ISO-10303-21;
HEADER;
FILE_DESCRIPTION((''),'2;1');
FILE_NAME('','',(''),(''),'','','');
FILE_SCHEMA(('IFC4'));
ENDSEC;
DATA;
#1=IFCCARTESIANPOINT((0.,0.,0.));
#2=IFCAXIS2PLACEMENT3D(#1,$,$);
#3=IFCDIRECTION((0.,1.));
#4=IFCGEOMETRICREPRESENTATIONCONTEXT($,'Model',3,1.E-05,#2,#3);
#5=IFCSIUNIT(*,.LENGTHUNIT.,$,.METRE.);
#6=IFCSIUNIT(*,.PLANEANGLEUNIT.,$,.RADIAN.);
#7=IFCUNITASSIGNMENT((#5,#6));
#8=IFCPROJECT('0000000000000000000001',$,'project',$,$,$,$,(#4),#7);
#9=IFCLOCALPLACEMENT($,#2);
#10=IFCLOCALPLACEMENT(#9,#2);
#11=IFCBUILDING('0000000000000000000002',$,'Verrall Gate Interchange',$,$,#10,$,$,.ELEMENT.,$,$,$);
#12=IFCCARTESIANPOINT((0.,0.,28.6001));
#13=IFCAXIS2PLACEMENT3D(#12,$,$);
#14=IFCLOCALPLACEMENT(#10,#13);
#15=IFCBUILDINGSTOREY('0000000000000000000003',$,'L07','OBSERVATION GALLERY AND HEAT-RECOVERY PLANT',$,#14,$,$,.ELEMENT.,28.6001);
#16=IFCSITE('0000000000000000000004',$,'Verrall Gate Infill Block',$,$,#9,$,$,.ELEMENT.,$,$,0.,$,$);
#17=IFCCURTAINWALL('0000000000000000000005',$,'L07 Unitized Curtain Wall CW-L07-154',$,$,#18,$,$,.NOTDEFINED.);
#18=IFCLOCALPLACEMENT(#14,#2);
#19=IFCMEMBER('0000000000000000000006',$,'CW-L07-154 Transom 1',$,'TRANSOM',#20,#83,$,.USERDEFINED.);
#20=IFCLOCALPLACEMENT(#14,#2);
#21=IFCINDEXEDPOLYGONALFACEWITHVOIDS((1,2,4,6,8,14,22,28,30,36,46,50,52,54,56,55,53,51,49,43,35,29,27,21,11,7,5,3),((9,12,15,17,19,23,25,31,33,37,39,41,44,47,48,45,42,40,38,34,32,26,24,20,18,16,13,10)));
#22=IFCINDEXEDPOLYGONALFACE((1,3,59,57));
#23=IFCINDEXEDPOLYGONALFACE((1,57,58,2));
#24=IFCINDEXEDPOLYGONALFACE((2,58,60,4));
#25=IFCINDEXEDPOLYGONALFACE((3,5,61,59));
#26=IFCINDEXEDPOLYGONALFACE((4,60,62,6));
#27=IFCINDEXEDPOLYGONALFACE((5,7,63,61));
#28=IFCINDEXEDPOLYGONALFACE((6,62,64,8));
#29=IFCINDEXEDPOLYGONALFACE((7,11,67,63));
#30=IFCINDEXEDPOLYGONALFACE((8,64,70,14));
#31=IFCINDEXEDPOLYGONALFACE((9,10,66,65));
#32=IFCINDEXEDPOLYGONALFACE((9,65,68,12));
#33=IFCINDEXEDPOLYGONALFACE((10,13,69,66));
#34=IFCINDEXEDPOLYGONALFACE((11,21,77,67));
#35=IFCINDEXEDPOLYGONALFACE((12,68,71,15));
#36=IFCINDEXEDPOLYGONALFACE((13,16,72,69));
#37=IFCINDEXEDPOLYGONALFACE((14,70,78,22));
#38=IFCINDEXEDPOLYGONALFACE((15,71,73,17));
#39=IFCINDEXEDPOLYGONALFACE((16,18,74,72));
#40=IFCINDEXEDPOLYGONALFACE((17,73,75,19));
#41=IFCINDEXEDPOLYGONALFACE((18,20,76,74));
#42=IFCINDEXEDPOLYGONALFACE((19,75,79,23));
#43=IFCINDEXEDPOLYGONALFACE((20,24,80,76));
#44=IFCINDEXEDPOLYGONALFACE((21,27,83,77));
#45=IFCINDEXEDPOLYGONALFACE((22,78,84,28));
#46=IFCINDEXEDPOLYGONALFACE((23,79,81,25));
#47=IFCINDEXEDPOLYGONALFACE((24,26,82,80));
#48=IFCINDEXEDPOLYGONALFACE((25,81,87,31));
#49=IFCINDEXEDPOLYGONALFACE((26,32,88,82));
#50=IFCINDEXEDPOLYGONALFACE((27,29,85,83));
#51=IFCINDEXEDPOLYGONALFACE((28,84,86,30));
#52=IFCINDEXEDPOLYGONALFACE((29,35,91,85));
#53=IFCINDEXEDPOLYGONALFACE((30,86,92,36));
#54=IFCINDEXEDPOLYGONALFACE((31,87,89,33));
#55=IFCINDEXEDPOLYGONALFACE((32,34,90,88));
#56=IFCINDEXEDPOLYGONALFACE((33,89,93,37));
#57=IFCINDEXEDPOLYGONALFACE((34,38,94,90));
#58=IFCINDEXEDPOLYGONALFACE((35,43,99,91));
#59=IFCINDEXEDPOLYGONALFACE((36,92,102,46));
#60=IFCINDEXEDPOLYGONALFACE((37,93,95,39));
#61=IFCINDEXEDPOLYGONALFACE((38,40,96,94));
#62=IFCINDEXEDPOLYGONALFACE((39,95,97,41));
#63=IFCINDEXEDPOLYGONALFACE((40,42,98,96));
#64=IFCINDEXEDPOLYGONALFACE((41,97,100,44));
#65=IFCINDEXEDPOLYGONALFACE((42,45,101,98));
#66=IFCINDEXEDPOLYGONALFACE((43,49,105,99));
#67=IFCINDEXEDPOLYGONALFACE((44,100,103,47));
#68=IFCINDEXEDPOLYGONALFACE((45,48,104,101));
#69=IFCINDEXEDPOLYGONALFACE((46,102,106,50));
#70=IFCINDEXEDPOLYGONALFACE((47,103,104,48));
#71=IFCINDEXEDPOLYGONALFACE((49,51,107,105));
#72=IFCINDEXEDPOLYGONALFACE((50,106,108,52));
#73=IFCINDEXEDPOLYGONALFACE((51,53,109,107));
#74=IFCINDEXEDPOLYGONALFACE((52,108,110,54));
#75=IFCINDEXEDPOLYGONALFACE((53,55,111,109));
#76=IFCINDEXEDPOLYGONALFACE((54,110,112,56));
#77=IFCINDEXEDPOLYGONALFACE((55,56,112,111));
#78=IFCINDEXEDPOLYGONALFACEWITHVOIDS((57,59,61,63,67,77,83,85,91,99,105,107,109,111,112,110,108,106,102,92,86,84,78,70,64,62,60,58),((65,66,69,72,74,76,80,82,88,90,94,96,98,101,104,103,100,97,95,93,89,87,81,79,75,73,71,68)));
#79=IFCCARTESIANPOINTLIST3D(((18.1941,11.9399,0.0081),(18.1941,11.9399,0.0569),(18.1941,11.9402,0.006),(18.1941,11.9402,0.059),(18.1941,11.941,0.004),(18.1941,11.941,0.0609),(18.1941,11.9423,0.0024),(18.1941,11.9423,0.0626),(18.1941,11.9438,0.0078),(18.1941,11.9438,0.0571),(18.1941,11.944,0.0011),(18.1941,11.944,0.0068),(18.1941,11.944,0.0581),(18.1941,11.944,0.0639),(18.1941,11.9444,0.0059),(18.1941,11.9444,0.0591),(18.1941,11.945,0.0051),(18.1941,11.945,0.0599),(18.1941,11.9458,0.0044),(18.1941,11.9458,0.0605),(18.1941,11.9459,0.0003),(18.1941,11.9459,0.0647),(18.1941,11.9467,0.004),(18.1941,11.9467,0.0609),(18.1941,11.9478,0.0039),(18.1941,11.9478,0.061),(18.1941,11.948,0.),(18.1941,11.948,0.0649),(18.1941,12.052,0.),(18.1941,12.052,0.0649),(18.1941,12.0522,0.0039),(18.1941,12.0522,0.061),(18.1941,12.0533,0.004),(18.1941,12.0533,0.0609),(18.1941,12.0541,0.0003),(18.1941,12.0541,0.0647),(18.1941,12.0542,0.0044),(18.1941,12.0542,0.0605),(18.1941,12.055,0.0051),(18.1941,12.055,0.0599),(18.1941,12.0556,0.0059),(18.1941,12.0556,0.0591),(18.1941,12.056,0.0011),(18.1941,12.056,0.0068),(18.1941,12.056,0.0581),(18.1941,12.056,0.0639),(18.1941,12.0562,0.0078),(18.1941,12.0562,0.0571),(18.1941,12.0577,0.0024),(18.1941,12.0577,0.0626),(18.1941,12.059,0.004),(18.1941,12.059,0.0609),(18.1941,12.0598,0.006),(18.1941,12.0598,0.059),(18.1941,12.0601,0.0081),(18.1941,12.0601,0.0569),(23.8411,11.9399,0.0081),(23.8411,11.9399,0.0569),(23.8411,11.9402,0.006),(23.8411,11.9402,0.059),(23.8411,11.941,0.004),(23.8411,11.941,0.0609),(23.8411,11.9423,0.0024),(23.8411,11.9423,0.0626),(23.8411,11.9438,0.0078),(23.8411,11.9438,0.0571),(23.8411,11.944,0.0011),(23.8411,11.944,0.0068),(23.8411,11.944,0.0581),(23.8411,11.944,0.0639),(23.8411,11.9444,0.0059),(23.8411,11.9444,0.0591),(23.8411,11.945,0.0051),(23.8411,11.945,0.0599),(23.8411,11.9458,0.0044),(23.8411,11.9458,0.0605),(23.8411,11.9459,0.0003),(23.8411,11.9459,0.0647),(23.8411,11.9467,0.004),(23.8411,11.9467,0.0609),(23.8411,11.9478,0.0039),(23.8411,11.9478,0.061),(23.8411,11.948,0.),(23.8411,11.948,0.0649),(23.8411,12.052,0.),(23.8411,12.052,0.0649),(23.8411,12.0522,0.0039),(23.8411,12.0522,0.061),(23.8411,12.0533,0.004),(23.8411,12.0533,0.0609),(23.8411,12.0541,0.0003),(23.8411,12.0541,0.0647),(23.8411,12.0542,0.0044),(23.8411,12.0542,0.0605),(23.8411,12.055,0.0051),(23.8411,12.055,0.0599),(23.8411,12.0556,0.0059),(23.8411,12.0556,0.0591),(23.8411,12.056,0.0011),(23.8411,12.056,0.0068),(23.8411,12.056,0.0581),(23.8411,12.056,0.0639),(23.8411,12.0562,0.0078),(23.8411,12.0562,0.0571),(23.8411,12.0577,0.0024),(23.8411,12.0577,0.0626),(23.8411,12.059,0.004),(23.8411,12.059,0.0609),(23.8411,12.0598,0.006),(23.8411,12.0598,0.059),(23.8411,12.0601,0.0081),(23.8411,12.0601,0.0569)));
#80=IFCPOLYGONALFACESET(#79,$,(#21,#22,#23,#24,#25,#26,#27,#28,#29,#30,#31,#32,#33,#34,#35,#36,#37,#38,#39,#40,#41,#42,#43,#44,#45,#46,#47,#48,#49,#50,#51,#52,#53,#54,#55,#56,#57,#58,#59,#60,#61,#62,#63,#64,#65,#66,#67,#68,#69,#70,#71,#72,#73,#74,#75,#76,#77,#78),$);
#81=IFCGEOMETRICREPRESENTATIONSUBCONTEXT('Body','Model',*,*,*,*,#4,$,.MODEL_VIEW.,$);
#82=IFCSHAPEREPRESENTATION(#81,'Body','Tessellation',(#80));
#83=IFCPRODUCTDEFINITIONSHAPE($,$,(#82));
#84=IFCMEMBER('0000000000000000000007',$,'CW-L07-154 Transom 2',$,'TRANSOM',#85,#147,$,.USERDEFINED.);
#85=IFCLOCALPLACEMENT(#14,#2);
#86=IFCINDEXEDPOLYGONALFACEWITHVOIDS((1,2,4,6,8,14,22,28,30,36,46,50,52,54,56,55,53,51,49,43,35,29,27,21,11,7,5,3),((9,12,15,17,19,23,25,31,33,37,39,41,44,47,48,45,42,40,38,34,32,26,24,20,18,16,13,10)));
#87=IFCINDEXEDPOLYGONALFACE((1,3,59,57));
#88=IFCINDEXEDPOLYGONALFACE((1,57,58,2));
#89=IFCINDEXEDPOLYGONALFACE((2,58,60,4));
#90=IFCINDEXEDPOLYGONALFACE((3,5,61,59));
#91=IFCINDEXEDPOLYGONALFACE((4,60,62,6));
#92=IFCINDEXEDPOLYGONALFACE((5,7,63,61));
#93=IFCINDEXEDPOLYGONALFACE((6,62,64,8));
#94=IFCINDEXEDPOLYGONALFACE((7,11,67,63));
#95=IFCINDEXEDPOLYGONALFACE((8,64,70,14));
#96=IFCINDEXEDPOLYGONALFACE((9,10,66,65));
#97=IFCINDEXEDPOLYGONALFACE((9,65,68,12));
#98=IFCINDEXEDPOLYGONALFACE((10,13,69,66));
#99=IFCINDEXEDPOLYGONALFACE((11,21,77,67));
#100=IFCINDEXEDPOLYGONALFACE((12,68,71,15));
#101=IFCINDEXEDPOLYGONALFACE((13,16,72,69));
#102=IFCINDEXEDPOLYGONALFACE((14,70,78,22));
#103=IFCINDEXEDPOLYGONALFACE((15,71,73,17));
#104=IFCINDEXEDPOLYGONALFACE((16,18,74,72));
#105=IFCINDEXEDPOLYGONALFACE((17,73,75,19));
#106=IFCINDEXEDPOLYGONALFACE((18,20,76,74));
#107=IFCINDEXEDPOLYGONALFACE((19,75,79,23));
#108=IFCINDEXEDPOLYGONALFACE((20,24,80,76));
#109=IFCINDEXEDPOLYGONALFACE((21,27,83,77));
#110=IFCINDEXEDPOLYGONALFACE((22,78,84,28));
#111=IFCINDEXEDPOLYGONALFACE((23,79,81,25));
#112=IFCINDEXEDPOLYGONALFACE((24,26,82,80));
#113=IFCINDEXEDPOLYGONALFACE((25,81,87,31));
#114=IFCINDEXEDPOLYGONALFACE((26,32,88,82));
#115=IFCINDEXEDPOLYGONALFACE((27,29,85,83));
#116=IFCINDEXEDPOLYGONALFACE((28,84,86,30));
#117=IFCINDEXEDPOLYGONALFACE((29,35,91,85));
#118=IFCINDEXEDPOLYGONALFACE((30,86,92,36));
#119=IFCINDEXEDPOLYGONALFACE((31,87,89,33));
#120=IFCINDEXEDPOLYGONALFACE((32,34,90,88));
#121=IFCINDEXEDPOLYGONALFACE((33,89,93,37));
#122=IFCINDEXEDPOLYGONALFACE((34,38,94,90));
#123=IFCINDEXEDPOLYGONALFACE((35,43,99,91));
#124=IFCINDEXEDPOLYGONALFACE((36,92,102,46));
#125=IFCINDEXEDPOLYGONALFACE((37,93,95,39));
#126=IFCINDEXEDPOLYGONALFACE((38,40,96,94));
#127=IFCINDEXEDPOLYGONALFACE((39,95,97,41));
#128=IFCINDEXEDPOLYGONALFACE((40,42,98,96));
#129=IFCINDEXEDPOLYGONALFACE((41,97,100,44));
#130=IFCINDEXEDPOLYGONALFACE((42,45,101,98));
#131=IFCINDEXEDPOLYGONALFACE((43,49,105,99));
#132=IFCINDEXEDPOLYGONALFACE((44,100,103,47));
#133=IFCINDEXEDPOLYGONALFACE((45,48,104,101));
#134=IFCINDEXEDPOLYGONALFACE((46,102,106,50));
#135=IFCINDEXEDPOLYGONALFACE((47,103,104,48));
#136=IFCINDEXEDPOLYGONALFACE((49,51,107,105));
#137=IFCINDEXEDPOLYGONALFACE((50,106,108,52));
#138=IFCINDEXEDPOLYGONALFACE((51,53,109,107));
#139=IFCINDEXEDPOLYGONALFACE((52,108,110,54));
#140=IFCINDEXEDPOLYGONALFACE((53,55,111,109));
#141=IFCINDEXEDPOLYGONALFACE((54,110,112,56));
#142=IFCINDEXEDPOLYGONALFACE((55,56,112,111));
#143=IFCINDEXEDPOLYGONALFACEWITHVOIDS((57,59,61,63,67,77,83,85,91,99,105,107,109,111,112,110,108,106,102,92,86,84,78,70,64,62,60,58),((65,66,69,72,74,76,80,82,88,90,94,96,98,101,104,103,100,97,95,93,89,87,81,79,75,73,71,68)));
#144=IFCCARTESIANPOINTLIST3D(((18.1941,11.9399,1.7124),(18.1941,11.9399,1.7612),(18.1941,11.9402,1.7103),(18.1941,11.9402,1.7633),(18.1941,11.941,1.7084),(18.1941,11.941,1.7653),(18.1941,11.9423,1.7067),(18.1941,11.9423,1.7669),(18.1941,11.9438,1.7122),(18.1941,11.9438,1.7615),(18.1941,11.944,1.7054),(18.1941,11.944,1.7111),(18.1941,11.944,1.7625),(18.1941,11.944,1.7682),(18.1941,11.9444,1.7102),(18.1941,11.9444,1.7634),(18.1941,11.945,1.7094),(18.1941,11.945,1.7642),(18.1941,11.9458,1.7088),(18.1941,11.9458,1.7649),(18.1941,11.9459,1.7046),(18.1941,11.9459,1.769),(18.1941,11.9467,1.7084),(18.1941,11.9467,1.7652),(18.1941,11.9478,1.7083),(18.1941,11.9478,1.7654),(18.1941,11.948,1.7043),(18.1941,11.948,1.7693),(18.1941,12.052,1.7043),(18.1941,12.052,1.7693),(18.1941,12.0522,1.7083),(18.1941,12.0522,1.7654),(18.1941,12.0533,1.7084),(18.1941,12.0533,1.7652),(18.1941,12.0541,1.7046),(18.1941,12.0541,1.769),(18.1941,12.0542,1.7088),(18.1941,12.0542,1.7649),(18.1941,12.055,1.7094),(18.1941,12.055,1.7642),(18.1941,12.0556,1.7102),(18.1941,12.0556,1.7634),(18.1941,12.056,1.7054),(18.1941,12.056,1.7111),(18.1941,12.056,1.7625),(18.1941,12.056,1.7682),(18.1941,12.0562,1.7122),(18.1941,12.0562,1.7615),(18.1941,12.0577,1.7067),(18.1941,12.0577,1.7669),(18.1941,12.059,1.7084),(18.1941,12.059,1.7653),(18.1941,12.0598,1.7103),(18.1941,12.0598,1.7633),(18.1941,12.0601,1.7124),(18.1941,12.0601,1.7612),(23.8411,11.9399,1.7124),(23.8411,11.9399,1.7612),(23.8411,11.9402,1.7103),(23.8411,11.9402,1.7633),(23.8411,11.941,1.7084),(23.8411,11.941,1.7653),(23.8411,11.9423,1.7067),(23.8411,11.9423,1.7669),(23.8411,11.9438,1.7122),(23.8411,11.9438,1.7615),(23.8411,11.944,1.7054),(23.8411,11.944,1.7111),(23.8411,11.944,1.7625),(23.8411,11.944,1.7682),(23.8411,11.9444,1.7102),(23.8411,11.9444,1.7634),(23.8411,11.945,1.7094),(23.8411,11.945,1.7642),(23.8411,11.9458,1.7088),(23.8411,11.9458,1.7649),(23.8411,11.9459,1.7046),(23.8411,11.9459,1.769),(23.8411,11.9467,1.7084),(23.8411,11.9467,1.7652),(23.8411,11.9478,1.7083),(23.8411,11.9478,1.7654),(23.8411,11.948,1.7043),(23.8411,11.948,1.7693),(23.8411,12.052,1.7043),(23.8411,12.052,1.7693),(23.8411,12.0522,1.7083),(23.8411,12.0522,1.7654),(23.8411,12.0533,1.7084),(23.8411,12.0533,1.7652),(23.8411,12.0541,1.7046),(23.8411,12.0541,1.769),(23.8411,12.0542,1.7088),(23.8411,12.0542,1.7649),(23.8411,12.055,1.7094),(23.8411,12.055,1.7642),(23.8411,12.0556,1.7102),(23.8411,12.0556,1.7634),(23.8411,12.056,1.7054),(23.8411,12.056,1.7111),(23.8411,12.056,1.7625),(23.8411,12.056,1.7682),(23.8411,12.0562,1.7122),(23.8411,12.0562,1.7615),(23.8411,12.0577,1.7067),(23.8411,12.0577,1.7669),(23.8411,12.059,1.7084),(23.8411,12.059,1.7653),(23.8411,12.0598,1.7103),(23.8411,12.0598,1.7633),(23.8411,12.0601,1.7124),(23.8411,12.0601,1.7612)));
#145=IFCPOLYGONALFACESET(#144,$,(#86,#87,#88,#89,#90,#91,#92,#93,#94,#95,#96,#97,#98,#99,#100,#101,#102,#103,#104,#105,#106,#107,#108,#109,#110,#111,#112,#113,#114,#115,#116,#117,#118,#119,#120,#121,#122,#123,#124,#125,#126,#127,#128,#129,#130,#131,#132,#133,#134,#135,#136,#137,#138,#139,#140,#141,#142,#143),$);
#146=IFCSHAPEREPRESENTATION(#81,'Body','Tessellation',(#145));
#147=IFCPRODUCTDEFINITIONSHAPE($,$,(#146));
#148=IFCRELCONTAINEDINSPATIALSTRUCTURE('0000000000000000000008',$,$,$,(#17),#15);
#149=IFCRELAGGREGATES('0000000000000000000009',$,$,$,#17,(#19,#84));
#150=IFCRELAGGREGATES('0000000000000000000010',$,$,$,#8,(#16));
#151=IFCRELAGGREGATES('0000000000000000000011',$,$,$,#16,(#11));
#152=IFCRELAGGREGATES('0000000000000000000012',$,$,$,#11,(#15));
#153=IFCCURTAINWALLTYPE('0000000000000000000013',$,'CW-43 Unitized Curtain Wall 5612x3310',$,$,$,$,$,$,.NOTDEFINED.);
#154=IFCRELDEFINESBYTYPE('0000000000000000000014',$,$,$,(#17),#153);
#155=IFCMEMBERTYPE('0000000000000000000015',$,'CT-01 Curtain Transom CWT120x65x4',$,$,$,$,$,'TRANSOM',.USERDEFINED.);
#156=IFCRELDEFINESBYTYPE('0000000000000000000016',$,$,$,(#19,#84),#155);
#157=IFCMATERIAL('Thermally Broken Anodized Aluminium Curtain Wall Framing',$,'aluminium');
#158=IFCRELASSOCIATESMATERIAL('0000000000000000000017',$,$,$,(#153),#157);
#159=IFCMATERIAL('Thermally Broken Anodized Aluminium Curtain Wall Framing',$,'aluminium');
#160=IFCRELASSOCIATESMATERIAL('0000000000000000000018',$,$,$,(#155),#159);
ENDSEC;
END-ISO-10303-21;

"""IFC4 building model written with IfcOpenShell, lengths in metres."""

from ifc_helpers import new_model, si_unit, direction, frame, origin, origin_2d, place, context, subcontext, project, spatial, hollow_rectangle, extrude, material, material_profile, profile_set, type_object, element, aggregate, save


model = new_model("IFC4")

# Units and contexts
model_context = context("Model", 3, precision=1e-05, world=origin(), true_north=direction((0.0, 1.0)))
body_context = subcontext(model_context, "Body", "Model", "MODEL_VIEW")
ifc_project = project(units=[si_unit("LENGTHUNIT", "METRE"), si_unit("PLANEANGLEUNIT", "RADIAN")], contexts=[model_context])

# Site, building, storey
site_placement = place(None, origin())
site = spatial("IfcSite", under=ifc_project, at=site_placement, Name="Verrall Gate Infill Block", CompositionType="ELEMENT", RefElevation=0.0)
building_placement = place(site_placement, origin())
building = spatial("IfcBuilding", under=site, at=building_placement, Name="Verrall Gate Interchange", CompositionType="ELEMENT")
storey_placement = place(building_placement, frame((0.0, 0.0, 28.6001)))
storey = spatial("IfcBuildingStorey", under=building, at=storey_placement, Name="L07", Description="OBSERVATION GALLERY AND HEAT-RECOVERY PLANT", CompositionType="ELEMENT", Elevation=28.6001)

# Curtain wall
ifc_material_1 = material(Name="Thermally Broken Anodized Aluminium Curtain Wall Framing", Category="aluminium")
curtain_wall_type_1 = type_object("IfcCurtainWallType", Name="CW-43 Unitized Curtain Wall 5612x3310", PredefinedType="NOTDEFINED", material=ifc_material_1)
curtain_wall_1_placement = place(storey_placement, origin())
curtain_wall_1 = element("IfcCurtainWall", 1, at=curtain_wall_1_placement, inside=storey, type_object=curtain_wall_type_1, Name="L07 Unitized Curtain Wall CW-L07-154", PredefinedType="NOTDEFINED")

# Members
ifc_material_2 = material(Name="Thermally Broken Anodized Aluminium Curtain Wall Framing", Category="aluminium")
ifc_material_profile_1 = material_profile(ifc_material_2, hollow_rectangle(XDim=0.1201, YDim=0.0649, WallThickness=0.0039, InnerFilletRadius=0.0039, OuterFilletRadius=0.0081, at=origin_2d()), Name="CWT120x65x4")
ifc_profile_set_1 = profile_set([ifc_material_profile_1], Name="Thermally Broken Anodized Aluminium Curtain Wall Framing")
member_type_1 = type_object("IfcMemberType", Name="CT-01 Curtain Transom CWT120x65x4", ElementType="TRANSOM", PredefinedType="USERDEFINED", material=ifc_profile_set_1)
member_1_placement = place(storey_placement, frame((18.1941, 12.0, 0.0325), z_axis=(1.0, 0.0, 0.0), x_axis=(0.0, 1.0, 0.0)))
member_1 = element("IfcMember", 2, at=member_1_placement, type_object=member_type_1, Name="CW-L07-154 Transom 1", ObjectType="TRANSOM", PredefinedType="USERDEFINED", context=body_context, shape_type="SweptSolid", body=[
    extrude(hollow_rectangle(XDim=0.1201, YDim=0.0649, WallThickness=0.0039, InnerFilletRadius=0.0039, OuterFilletRadius=0.0081, at=origin_2d()), origin(), (0.0, 0.0, 1.0), 5.647),
])
member_2_placement = place(storey_placement, frame((18.1941, 12.0, 1.7368), z_axis=(1.0, 0.0, 0.0), x_axis=(0.0, 1.0, 0.0)))
member_2 = element("IfcMember", 3, at=member_2_placement, type_object=member_type_1, Name="CW-L07-154 Transom 2", ObjectType="TRANSOM", PredefinedType="USERDEFINED", context=body_context, shape_type="SweptSolid", body=[
    extrude(hollow_rectangle(XDim=0.1201, YDim=0.0649, WallThickness=0.0039, InnerFilletRadius=0.0039, OuterFilletRadius=0.0081, at=origin_2d()), origin(), (0.0, 0.0, 1.0), 5.647),
])

aggregate(curtain_wall_1, [member_1, member_2])

save(model, "model.ifc")
